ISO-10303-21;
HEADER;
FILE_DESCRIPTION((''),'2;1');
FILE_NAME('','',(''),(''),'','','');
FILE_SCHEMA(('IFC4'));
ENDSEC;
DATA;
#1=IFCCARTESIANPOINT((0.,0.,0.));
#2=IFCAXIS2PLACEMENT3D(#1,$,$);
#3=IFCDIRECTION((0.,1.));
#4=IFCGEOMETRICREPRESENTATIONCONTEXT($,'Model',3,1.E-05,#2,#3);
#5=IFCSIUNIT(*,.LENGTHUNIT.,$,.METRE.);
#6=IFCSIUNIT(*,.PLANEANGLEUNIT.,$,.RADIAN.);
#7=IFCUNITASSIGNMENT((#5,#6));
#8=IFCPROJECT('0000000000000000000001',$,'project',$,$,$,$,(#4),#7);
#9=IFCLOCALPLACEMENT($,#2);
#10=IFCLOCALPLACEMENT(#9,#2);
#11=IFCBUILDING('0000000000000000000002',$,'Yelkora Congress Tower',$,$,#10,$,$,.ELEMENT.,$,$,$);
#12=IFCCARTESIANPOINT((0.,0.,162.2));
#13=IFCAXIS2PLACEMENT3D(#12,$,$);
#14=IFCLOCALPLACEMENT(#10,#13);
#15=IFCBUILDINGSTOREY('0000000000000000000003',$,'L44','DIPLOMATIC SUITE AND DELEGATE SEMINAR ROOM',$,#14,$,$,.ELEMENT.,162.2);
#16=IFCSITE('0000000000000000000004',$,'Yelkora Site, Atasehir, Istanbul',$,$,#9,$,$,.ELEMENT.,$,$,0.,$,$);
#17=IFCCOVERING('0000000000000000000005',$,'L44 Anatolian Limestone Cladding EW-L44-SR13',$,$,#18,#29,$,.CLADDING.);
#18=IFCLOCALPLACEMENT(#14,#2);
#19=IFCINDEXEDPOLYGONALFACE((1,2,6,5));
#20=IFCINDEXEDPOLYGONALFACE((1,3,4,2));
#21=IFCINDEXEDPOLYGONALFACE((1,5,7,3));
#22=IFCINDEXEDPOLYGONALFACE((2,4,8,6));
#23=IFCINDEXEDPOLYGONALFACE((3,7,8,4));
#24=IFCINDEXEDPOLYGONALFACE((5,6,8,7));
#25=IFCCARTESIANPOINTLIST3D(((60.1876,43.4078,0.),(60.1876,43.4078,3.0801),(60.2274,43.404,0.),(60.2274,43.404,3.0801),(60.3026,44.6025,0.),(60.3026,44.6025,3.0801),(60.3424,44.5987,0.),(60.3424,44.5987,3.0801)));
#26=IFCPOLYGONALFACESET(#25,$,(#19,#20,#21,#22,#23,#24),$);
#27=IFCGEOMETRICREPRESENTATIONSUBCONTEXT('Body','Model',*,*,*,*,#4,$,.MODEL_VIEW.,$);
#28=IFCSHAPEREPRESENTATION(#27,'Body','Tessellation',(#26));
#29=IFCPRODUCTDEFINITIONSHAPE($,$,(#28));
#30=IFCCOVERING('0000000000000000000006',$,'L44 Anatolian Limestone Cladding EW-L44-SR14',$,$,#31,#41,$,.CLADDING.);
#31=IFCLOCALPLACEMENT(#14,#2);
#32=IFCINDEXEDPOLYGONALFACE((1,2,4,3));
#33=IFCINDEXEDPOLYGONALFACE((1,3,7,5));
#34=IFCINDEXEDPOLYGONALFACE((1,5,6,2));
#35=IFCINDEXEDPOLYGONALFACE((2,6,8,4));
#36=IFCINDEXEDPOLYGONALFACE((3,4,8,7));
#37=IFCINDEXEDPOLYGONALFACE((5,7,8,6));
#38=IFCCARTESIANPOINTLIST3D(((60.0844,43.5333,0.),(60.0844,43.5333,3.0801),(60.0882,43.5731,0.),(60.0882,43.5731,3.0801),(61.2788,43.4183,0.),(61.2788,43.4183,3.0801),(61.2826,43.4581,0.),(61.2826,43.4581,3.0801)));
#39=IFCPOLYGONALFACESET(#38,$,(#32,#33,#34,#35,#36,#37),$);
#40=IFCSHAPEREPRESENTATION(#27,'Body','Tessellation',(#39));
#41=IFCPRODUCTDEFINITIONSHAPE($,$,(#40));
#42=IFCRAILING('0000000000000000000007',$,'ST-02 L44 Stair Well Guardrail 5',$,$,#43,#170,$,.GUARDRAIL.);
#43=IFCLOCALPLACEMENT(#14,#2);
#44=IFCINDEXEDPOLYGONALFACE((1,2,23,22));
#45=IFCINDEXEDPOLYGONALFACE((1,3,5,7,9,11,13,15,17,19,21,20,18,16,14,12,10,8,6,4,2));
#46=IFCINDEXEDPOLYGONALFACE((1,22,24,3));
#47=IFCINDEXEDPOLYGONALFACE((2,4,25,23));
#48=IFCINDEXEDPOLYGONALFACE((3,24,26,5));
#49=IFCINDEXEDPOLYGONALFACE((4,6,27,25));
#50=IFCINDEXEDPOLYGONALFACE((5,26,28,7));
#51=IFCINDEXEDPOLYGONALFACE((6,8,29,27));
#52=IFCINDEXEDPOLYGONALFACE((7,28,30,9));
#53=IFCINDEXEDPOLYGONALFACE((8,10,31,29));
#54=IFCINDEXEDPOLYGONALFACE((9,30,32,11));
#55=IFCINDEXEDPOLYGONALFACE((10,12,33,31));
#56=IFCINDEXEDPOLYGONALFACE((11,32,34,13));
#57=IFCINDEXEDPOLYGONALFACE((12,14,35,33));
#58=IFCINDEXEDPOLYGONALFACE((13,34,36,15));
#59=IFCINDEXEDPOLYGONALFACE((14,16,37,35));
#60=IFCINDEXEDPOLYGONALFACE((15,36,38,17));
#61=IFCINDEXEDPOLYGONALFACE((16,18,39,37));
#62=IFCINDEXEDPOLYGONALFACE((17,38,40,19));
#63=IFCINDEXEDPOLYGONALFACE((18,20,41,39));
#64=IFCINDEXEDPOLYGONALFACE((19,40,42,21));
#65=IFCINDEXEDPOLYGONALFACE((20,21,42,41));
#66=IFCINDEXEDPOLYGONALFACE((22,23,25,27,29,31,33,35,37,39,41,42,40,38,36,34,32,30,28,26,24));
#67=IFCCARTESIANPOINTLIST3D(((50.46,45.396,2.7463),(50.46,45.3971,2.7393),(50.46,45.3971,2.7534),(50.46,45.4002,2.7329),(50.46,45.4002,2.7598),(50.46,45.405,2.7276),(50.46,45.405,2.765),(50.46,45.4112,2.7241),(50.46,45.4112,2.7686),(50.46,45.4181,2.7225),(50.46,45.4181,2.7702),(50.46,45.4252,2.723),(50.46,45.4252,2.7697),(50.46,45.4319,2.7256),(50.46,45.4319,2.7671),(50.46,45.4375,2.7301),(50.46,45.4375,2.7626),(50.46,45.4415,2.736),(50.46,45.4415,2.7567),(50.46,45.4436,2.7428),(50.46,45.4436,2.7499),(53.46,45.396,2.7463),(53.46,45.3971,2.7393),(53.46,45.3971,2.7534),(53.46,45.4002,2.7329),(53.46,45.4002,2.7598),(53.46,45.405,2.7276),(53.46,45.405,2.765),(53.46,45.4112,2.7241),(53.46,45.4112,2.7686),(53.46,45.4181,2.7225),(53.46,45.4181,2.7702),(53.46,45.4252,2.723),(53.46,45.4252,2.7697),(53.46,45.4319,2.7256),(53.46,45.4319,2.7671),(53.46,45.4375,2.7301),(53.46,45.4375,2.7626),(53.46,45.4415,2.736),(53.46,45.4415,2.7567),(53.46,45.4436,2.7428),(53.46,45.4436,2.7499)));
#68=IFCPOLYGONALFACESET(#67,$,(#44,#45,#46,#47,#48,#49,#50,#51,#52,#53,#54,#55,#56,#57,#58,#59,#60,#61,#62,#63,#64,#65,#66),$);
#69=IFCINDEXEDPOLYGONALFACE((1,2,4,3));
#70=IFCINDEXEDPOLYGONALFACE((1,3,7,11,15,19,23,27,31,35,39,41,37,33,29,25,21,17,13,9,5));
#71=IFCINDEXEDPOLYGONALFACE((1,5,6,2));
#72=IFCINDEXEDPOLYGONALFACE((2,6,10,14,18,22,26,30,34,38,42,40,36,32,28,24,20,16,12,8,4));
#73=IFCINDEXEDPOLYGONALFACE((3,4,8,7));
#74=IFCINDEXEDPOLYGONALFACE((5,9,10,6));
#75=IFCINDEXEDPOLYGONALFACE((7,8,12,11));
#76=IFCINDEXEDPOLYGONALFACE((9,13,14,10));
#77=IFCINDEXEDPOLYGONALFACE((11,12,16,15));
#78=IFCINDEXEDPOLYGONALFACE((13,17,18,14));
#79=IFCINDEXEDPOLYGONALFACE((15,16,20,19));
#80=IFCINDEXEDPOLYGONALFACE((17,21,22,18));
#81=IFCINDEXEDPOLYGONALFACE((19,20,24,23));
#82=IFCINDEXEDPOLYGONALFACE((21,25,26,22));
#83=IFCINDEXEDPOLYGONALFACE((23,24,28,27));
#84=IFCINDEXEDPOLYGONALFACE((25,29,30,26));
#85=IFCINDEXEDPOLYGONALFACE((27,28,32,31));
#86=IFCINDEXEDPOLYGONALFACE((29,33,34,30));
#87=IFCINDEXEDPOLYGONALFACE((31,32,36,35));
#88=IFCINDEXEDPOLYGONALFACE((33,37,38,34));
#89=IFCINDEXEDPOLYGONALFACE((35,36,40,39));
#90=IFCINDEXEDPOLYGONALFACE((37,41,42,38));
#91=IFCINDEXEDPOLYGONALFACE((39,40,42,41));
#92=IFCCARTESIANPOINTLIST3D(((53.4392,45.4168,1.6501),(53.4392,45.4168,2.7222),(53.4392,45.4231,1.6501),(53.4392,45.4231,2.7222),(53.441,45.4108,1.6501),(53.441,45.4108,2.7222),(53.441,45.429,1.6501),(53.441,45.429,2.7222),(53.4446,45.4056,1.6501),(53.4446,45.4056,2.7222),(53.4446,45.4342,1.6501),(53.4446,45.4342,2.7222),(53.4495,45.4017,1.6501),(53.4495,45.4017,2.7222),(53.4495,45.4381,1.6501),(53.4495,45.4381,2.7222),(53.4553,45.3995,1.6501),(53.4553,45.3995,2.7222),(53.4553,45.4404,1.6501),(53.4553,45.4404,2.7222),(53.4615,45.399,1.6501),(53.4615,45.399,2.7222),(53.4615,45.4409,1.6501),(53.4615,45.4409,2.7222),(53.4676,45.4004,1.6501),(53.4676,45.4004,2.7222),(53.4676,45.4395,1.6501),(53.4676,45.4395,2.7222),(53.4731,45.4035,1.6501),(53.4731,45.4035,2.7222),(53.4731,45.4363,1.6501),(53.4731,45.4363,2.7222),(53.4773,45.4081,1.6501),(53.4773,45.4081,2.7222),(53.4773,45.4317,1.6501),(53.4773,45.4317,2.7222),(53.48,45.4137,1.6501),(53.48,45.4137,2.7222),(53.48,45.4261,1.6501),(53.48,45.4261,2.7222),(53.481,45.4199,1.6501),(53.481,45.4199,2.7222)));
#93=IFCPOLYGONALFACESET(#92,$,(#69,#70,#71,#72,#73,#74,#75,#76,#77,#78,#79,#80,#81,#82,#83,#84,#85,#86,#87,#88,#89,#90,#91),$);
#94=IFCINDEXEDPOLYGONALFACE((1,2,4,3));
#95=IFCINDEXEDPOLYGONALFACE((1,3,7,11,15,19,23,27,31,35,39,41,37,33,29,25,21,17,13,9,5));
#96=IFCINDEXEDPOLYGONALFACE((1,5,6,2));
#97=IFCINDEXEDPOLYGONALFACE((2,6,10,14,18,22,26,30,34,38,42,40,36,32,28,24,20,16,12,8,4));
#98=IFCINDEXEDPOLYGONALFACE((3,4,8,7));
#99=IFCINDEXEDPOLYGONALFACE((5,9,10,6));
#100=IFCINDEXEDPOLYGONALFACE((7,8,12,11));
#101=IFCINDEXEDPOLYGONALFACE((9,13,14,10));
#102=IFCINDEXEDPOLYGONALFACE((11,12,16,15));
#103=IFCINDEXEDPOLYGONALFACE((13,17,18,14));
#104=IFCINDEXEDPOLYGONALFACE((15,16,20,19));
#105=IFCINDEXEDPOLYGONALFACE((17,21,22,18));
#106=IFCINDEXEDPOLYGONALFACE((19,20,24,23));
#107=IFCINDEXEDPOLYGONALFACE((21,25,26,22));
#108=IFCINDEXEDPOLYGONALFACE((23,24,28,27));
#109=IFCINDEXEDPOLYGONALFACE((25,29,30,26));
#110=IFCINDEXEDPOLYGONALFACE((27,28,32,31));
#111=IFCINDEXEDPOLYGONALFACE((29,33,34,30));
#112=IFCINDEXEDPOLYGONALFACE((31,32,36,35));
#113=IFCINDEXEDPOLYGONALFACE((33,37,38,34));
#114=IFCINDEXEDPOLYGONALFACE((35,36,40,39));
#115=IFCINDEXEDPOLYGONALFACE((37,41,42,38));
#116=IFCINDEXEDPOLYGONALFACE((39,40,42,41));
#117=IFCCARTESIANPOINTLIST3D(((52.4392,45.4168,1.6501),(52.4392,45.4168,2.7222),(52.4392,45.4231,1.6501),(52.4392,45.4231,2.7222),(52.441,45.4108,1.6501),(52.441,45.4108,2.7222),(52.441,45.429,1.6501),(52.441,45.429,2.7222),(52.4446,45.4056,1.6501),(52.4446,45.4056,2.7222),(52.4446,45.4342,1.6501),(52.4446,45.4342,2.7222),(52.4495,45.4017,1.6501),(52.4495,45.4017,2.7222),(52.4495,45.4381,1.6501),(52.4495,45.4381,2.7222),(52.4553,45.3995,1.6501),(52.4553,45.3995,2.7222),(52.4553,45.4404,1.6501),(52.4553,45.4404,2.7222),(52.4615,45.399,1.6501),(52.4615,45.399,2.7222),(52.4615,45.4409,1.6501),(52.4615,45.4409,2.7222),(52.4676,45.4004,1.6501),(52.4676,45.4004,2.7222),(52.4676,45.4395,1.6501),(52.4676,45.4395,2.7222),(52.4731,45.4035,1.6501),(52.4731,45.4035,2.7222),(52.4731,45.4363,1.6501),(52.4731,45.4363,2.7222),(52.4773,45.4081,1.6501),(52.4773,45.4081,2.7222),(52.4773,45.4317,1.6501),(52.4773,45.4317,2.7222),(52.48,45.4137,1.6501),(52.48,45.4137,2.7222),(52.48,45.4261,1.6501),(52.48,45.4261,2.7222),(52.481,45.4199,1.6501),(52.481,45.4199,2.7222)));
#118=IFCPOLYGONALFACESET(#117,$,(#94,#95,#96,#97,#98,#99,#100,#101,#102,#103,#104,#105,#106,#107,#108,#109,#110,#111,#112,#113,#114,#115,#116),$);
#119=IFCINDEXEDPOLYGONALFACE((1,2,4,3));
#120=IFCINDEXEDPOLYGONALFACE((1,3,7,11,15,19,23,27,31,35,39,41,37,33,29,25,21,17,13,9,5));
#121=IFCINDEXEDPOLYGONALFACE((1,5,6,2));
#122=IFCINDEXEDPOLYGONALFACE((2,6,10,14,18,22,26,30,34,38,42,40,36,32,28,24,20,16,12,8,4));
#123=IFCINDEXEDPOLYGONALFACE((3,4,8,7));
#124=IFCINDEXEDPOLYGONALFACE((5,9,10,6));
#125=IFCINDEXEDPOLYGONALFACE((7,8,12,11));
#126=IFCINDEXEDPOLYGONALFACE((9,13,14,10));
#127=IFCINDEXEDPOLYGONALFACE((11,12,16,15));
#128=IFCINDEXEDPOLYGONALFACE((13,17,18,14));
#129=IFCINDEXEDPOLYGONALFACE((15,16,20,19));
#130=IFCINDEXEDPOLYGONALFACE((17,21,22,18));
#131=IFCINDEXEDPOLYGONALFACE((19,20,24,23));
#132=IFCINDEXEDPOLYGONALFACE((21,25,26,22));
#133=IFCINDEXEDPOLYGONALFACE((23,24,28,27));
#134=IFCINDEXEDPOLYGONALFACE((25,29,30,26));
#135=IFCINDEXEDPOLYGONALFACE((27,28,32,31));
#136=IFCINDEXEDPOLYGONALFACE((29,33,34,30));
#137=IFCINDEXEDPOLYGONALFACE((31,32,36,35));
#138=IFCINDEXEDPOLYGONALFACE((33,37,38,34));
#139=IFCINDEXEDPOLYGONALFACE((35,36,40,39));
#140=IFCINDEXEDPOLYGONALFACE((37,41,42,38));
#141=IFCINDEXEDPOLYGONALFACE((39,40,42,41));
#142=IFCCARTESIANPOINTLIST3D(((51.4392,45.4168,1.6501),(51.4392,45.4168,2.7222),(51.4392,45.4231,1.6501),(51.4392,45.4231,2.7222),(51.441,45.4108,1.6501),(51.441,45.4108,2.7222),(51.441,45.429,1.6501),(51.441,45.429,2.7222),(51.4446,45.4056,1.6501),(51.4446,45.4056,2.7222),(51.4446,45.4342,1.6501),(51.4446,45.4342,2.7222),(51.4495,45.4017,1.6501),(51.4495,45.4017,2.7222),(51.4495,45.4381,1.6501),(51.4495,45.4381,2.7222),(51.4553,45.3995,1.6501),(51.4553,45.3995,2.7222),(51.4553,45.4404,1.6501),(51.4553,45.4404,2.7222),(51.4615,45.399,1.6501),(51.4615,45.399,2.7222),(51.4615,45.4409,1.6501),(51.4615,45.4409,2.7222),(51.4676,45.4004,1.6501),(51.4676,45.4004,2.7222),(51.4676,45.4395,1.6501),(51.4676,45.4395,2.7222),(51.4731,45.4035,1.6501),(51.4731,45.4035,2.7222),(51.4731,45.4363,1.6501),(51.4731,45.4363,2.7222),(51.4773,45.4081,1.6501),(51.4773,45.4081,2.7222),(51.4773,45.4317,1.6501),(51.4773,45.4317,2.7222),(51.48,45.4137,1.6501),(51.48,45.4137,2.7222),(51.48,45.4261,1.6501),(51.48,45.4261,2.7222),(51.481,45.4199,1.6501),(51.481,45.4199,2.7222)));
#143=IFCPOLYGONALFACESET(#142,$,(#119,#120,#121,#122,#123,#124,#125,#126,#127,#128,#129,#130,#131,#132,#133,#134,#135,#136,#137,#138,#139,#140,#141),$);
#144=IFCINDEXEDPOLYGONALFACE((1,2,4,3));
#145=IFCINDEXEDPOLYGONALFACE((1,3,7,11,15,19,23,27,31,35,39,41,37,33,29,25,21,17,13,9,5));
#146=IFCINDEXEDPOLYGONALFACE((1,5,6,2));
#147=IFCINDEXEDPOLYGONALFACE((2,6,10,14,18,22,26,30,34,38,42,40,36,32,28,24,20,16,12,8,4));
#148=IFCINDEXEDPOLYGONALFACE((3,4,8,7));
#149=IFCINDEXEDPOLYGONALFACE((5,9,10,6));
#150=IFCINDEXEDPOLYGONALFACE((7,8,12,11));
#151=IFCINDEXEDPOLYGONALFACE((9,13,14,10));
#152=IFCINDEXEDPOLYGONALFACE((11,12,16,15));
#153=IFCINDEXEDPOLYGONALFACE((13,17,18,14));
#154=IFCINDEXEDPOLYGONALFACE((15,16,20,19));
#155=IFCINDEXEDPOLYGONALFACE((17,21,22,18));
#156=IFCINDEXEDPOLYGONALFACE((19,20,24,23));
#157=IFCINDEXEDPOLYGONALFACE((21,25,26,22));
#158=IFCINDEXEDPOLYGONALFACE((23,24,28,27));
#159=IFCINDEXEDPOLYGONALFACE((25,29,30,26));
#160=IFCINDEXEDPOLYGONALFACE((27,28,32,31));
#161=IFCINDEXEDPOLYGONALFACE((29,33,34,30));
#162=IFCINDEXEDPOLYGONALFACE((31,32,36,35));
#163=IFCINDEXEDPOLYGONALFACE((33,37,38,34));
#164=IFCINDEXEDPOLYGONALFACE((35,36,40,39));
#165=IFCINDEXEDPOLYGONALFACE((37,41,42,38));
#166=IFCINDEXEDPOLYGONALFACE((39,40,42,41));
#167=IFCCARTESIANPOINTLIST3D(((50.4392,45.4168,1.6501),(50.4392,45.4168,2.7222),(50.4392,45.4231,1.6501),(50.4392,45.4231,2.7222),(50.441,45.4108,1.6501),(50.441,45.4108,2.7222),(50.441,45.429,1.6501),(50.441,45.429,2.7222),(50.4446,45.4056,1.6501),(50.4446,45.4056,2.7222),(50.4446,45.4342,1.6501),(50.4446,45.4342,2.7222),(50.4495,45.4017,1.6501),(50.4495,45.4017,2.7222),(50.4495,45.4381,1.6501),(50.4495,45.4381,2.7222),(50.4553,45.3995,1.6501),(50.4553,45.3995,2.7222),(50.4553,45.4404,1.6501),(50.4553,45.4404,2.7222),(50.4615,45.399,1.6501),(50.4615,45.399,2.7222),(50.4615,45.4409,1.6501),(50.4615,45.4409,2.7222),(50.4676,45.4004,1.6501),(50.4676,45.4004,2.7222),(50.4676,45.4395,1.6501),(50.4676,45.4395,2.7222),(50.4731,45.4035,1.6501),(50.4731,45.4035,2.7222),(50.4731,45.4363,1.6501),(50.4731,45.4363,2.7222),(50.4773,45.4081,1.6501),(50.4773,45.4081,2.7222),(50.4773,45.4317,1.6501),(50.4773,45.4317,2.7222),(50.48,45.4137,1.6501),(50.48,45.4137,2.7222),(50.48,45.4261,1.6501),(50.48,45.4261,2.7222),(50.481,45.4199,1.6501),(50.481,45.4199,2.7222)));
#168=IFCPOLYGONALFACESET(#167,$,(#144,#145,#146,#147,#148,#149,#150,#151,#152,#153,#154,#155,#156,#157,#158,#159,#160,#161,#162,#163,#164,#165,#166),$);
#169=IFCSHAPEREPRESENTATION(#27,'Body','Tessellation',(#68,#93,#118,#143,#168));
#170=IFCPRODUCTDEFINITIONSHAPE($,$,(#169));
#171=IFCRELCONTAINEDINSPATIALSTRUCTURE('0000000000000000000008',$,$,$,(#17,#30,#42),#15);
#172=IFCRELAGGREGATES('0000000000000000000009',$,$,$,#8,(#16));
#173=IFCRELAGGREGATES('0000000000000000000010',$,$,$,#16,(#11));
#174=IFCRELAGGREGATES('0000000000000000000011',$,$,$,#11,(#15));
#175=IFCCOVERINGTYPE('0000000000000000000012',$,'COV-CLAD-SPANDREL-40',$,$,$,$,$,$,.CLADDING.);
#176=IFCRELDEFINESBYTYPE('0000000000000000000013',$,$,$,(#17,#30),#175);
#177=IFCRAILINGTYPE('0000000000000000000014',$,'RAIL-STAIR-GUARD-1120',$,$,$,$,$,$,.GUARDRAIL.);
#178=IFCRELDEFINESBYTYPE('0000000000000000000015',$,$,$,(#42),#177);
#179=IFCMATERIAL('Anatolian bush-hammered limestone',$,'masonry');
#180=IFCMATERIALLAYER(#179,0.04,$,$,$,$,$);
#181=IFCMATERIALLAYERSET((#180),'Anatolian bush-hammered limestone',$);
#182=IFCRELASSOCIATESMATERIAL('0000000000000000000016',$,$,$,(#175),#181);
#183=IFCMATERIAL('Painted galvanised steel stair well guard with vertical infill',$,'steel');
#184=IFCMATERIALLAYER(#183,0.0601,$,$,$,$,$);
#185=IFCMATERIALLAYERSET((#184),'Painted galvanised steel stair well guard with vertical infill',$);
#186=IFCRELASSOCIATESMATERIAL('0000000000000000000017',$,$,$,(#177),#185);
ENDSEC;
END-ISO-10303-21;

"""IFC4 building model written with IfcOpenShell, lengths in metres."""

from ifc_helpers import new_model, si_unit, direction, frame, frame_2d, origin, origin_2d, place, context, subcontext, project, spatial, rectangle, circle, extrude, material, layer, layer_set, type_object, element, save


model = new_model("IFC4")

# Units and contexts
model_context = context("Model", 3, precision=1e-05, world=origin(), true_north=direction((0.0, 1.0)))
body_context = subcontext(model_context, "Body", "Model", "MODEL_VIEW")
ifc_project = project(units=[si_unit("LENGTHUNIT", "METRE"), si_unit("PLANEANGLEUNIT", "RADIAN")], contexts=[model_context])

# Site, building, storey
site_placement = place(None, origin())
site = spatial("IfcSite", under=ifc_project, at=site_placement, Name="Yelkora Site, Atasehir, Istanbul", CompositionType="ELEMENT", RefElevation=0.0)
building_placement = place(site_placement, origin())
building = spatial("IfcBuilding", under=site, at=building_placement, Name="Yelkora Congress Tower", CompositionType="ELEMENT")
storey_placement = place(building_placement, frame((0.0, 0.0, 162.2)))
storey = spatial("IfcBuildingStorey", under=building, at=storey_placement, Name="L44", Description="DIPLOMATIC SUITE AND DELEGATE SEMINAR ROOM", CompositionType="ELEMENT", Elevation=162.2)

# Coverings
ifc_material_1 = material(Name="Anatolian bush-hammered limestone", Category="masonry")
ifc_layer_1 = layer(ifc_material_1, 0.04)
ifc_layer_set_1 = layer_set([ifc_layer_1], Name="Anatolian bush-hammered limestone")
covering_type = type_object("IfcCoveringType", Name="COV-CLAD-SPANDREL-40", PredefinedType="CLADDING", material=ifc_layer_set_1)
for number, where, z_axis, x_axis, name in (
    (1, (60.3225, 44.6006, 0.0), (0.0, 0.0, 1.0), (-0.095817, -0.995399, 0.0), "L44 Anatolian Limestone Cladding EW-L44-SR13"),
):
    element("IfcCovering", number, at=place(storey_placement, frame(where, z_axis=z_axis, x_axis=x_axis)), inside=storey, type_object=covering_type, Name=name, PredefinedType="CLADDING", context=body_context, shape_type="SweptSolid", body=[
        extrude(rectangle(XDim=1.2002, YDim=0.04, at=frame_2d((0.6001, 0.0))), origin(), (0.0, 0.0, 1.0), 3.0801),
    ])
covering_1_placement = place(storey_placement, frame((60.0862, 43.5532, 0.0), z_axis=(0.0, 0.0, 1.0), x_axis=(0.995397, -0.095836, 0.0)))
element("IfcCovering", 2, at=covering_1_placement, inside=storey, type_object=covering_type, Name="L44 Anatolian Limestone Cladding EW-L44-SR14", PredefinedType="CLADDING", context=body_context, shape_type="SweptSolid", body=[
    extrude(rectangle(XDim=1.2, YDim=0.04, at=frame_2d((0.6001, 0.0))), origin(), (0.0, 0.0, 1.0), 3.0801),
])

# Railing
ifc_material_2 = material(Name="Painted galvanised steel stair well guard with vertical infill", Category="steel")
ifc_layer_2 = layer(ifc_material_2, 0.0601)
ifc_layer_set_2 = layer_set([ifc_layer_2], Name="Painted galvanised steel stair well guard with vertical infill")
railing_type = type_object("IfcRailingType", Name="RAIL-STAIR-GUARD-1120", PredefinedType="GUARDRAIL", material=ifc_layer_set_2)
railing_1_placement = place(storey_placement, frame((53.46, 45.4199, 1.6501)))
element("IfcRailing", 3, at=railing_1_placement, inside=storey, type_object=railing_type, Name="ST-02 L44 Stair Well Guardrail 5", PredefinedType="GUARDRAIL", context=body_context, shape_type="SweptSolid", body=[
    extrude(circle(Radius=0.0239, at=origin_2d()), frame((0.0, 0.0, 1.0962), z_axis=(-1.0, 0.0, 0.0), x_axis=(0.0, -1.0, 0.0)), (0.0, 0.0, 1.0), 3.0),
    extrude(circle(Radius=0.021, at=origin_2d()), origin(), (0.0, 0.0, 1.0), 1.072),
    extrude(circle(Radius=0.021, at=origin_2d()), frame((-1.0, 0.0, 0.0)), (0.0, 0.0, 1.0), 1.072),
    extrude(circle(Radius=0.021, at=origin_2d()), frame((-2.0, 0.0, 0.0)), (0.0, 0.0, 1.0), 1.072),
    extrude(circle(Radius=0.021, at=origin_2d()), frame((-3.0, 0.0, 0.0)), (0.0, 0.0, 1.0), 1.072),
])

save(model, "model.ifc")
